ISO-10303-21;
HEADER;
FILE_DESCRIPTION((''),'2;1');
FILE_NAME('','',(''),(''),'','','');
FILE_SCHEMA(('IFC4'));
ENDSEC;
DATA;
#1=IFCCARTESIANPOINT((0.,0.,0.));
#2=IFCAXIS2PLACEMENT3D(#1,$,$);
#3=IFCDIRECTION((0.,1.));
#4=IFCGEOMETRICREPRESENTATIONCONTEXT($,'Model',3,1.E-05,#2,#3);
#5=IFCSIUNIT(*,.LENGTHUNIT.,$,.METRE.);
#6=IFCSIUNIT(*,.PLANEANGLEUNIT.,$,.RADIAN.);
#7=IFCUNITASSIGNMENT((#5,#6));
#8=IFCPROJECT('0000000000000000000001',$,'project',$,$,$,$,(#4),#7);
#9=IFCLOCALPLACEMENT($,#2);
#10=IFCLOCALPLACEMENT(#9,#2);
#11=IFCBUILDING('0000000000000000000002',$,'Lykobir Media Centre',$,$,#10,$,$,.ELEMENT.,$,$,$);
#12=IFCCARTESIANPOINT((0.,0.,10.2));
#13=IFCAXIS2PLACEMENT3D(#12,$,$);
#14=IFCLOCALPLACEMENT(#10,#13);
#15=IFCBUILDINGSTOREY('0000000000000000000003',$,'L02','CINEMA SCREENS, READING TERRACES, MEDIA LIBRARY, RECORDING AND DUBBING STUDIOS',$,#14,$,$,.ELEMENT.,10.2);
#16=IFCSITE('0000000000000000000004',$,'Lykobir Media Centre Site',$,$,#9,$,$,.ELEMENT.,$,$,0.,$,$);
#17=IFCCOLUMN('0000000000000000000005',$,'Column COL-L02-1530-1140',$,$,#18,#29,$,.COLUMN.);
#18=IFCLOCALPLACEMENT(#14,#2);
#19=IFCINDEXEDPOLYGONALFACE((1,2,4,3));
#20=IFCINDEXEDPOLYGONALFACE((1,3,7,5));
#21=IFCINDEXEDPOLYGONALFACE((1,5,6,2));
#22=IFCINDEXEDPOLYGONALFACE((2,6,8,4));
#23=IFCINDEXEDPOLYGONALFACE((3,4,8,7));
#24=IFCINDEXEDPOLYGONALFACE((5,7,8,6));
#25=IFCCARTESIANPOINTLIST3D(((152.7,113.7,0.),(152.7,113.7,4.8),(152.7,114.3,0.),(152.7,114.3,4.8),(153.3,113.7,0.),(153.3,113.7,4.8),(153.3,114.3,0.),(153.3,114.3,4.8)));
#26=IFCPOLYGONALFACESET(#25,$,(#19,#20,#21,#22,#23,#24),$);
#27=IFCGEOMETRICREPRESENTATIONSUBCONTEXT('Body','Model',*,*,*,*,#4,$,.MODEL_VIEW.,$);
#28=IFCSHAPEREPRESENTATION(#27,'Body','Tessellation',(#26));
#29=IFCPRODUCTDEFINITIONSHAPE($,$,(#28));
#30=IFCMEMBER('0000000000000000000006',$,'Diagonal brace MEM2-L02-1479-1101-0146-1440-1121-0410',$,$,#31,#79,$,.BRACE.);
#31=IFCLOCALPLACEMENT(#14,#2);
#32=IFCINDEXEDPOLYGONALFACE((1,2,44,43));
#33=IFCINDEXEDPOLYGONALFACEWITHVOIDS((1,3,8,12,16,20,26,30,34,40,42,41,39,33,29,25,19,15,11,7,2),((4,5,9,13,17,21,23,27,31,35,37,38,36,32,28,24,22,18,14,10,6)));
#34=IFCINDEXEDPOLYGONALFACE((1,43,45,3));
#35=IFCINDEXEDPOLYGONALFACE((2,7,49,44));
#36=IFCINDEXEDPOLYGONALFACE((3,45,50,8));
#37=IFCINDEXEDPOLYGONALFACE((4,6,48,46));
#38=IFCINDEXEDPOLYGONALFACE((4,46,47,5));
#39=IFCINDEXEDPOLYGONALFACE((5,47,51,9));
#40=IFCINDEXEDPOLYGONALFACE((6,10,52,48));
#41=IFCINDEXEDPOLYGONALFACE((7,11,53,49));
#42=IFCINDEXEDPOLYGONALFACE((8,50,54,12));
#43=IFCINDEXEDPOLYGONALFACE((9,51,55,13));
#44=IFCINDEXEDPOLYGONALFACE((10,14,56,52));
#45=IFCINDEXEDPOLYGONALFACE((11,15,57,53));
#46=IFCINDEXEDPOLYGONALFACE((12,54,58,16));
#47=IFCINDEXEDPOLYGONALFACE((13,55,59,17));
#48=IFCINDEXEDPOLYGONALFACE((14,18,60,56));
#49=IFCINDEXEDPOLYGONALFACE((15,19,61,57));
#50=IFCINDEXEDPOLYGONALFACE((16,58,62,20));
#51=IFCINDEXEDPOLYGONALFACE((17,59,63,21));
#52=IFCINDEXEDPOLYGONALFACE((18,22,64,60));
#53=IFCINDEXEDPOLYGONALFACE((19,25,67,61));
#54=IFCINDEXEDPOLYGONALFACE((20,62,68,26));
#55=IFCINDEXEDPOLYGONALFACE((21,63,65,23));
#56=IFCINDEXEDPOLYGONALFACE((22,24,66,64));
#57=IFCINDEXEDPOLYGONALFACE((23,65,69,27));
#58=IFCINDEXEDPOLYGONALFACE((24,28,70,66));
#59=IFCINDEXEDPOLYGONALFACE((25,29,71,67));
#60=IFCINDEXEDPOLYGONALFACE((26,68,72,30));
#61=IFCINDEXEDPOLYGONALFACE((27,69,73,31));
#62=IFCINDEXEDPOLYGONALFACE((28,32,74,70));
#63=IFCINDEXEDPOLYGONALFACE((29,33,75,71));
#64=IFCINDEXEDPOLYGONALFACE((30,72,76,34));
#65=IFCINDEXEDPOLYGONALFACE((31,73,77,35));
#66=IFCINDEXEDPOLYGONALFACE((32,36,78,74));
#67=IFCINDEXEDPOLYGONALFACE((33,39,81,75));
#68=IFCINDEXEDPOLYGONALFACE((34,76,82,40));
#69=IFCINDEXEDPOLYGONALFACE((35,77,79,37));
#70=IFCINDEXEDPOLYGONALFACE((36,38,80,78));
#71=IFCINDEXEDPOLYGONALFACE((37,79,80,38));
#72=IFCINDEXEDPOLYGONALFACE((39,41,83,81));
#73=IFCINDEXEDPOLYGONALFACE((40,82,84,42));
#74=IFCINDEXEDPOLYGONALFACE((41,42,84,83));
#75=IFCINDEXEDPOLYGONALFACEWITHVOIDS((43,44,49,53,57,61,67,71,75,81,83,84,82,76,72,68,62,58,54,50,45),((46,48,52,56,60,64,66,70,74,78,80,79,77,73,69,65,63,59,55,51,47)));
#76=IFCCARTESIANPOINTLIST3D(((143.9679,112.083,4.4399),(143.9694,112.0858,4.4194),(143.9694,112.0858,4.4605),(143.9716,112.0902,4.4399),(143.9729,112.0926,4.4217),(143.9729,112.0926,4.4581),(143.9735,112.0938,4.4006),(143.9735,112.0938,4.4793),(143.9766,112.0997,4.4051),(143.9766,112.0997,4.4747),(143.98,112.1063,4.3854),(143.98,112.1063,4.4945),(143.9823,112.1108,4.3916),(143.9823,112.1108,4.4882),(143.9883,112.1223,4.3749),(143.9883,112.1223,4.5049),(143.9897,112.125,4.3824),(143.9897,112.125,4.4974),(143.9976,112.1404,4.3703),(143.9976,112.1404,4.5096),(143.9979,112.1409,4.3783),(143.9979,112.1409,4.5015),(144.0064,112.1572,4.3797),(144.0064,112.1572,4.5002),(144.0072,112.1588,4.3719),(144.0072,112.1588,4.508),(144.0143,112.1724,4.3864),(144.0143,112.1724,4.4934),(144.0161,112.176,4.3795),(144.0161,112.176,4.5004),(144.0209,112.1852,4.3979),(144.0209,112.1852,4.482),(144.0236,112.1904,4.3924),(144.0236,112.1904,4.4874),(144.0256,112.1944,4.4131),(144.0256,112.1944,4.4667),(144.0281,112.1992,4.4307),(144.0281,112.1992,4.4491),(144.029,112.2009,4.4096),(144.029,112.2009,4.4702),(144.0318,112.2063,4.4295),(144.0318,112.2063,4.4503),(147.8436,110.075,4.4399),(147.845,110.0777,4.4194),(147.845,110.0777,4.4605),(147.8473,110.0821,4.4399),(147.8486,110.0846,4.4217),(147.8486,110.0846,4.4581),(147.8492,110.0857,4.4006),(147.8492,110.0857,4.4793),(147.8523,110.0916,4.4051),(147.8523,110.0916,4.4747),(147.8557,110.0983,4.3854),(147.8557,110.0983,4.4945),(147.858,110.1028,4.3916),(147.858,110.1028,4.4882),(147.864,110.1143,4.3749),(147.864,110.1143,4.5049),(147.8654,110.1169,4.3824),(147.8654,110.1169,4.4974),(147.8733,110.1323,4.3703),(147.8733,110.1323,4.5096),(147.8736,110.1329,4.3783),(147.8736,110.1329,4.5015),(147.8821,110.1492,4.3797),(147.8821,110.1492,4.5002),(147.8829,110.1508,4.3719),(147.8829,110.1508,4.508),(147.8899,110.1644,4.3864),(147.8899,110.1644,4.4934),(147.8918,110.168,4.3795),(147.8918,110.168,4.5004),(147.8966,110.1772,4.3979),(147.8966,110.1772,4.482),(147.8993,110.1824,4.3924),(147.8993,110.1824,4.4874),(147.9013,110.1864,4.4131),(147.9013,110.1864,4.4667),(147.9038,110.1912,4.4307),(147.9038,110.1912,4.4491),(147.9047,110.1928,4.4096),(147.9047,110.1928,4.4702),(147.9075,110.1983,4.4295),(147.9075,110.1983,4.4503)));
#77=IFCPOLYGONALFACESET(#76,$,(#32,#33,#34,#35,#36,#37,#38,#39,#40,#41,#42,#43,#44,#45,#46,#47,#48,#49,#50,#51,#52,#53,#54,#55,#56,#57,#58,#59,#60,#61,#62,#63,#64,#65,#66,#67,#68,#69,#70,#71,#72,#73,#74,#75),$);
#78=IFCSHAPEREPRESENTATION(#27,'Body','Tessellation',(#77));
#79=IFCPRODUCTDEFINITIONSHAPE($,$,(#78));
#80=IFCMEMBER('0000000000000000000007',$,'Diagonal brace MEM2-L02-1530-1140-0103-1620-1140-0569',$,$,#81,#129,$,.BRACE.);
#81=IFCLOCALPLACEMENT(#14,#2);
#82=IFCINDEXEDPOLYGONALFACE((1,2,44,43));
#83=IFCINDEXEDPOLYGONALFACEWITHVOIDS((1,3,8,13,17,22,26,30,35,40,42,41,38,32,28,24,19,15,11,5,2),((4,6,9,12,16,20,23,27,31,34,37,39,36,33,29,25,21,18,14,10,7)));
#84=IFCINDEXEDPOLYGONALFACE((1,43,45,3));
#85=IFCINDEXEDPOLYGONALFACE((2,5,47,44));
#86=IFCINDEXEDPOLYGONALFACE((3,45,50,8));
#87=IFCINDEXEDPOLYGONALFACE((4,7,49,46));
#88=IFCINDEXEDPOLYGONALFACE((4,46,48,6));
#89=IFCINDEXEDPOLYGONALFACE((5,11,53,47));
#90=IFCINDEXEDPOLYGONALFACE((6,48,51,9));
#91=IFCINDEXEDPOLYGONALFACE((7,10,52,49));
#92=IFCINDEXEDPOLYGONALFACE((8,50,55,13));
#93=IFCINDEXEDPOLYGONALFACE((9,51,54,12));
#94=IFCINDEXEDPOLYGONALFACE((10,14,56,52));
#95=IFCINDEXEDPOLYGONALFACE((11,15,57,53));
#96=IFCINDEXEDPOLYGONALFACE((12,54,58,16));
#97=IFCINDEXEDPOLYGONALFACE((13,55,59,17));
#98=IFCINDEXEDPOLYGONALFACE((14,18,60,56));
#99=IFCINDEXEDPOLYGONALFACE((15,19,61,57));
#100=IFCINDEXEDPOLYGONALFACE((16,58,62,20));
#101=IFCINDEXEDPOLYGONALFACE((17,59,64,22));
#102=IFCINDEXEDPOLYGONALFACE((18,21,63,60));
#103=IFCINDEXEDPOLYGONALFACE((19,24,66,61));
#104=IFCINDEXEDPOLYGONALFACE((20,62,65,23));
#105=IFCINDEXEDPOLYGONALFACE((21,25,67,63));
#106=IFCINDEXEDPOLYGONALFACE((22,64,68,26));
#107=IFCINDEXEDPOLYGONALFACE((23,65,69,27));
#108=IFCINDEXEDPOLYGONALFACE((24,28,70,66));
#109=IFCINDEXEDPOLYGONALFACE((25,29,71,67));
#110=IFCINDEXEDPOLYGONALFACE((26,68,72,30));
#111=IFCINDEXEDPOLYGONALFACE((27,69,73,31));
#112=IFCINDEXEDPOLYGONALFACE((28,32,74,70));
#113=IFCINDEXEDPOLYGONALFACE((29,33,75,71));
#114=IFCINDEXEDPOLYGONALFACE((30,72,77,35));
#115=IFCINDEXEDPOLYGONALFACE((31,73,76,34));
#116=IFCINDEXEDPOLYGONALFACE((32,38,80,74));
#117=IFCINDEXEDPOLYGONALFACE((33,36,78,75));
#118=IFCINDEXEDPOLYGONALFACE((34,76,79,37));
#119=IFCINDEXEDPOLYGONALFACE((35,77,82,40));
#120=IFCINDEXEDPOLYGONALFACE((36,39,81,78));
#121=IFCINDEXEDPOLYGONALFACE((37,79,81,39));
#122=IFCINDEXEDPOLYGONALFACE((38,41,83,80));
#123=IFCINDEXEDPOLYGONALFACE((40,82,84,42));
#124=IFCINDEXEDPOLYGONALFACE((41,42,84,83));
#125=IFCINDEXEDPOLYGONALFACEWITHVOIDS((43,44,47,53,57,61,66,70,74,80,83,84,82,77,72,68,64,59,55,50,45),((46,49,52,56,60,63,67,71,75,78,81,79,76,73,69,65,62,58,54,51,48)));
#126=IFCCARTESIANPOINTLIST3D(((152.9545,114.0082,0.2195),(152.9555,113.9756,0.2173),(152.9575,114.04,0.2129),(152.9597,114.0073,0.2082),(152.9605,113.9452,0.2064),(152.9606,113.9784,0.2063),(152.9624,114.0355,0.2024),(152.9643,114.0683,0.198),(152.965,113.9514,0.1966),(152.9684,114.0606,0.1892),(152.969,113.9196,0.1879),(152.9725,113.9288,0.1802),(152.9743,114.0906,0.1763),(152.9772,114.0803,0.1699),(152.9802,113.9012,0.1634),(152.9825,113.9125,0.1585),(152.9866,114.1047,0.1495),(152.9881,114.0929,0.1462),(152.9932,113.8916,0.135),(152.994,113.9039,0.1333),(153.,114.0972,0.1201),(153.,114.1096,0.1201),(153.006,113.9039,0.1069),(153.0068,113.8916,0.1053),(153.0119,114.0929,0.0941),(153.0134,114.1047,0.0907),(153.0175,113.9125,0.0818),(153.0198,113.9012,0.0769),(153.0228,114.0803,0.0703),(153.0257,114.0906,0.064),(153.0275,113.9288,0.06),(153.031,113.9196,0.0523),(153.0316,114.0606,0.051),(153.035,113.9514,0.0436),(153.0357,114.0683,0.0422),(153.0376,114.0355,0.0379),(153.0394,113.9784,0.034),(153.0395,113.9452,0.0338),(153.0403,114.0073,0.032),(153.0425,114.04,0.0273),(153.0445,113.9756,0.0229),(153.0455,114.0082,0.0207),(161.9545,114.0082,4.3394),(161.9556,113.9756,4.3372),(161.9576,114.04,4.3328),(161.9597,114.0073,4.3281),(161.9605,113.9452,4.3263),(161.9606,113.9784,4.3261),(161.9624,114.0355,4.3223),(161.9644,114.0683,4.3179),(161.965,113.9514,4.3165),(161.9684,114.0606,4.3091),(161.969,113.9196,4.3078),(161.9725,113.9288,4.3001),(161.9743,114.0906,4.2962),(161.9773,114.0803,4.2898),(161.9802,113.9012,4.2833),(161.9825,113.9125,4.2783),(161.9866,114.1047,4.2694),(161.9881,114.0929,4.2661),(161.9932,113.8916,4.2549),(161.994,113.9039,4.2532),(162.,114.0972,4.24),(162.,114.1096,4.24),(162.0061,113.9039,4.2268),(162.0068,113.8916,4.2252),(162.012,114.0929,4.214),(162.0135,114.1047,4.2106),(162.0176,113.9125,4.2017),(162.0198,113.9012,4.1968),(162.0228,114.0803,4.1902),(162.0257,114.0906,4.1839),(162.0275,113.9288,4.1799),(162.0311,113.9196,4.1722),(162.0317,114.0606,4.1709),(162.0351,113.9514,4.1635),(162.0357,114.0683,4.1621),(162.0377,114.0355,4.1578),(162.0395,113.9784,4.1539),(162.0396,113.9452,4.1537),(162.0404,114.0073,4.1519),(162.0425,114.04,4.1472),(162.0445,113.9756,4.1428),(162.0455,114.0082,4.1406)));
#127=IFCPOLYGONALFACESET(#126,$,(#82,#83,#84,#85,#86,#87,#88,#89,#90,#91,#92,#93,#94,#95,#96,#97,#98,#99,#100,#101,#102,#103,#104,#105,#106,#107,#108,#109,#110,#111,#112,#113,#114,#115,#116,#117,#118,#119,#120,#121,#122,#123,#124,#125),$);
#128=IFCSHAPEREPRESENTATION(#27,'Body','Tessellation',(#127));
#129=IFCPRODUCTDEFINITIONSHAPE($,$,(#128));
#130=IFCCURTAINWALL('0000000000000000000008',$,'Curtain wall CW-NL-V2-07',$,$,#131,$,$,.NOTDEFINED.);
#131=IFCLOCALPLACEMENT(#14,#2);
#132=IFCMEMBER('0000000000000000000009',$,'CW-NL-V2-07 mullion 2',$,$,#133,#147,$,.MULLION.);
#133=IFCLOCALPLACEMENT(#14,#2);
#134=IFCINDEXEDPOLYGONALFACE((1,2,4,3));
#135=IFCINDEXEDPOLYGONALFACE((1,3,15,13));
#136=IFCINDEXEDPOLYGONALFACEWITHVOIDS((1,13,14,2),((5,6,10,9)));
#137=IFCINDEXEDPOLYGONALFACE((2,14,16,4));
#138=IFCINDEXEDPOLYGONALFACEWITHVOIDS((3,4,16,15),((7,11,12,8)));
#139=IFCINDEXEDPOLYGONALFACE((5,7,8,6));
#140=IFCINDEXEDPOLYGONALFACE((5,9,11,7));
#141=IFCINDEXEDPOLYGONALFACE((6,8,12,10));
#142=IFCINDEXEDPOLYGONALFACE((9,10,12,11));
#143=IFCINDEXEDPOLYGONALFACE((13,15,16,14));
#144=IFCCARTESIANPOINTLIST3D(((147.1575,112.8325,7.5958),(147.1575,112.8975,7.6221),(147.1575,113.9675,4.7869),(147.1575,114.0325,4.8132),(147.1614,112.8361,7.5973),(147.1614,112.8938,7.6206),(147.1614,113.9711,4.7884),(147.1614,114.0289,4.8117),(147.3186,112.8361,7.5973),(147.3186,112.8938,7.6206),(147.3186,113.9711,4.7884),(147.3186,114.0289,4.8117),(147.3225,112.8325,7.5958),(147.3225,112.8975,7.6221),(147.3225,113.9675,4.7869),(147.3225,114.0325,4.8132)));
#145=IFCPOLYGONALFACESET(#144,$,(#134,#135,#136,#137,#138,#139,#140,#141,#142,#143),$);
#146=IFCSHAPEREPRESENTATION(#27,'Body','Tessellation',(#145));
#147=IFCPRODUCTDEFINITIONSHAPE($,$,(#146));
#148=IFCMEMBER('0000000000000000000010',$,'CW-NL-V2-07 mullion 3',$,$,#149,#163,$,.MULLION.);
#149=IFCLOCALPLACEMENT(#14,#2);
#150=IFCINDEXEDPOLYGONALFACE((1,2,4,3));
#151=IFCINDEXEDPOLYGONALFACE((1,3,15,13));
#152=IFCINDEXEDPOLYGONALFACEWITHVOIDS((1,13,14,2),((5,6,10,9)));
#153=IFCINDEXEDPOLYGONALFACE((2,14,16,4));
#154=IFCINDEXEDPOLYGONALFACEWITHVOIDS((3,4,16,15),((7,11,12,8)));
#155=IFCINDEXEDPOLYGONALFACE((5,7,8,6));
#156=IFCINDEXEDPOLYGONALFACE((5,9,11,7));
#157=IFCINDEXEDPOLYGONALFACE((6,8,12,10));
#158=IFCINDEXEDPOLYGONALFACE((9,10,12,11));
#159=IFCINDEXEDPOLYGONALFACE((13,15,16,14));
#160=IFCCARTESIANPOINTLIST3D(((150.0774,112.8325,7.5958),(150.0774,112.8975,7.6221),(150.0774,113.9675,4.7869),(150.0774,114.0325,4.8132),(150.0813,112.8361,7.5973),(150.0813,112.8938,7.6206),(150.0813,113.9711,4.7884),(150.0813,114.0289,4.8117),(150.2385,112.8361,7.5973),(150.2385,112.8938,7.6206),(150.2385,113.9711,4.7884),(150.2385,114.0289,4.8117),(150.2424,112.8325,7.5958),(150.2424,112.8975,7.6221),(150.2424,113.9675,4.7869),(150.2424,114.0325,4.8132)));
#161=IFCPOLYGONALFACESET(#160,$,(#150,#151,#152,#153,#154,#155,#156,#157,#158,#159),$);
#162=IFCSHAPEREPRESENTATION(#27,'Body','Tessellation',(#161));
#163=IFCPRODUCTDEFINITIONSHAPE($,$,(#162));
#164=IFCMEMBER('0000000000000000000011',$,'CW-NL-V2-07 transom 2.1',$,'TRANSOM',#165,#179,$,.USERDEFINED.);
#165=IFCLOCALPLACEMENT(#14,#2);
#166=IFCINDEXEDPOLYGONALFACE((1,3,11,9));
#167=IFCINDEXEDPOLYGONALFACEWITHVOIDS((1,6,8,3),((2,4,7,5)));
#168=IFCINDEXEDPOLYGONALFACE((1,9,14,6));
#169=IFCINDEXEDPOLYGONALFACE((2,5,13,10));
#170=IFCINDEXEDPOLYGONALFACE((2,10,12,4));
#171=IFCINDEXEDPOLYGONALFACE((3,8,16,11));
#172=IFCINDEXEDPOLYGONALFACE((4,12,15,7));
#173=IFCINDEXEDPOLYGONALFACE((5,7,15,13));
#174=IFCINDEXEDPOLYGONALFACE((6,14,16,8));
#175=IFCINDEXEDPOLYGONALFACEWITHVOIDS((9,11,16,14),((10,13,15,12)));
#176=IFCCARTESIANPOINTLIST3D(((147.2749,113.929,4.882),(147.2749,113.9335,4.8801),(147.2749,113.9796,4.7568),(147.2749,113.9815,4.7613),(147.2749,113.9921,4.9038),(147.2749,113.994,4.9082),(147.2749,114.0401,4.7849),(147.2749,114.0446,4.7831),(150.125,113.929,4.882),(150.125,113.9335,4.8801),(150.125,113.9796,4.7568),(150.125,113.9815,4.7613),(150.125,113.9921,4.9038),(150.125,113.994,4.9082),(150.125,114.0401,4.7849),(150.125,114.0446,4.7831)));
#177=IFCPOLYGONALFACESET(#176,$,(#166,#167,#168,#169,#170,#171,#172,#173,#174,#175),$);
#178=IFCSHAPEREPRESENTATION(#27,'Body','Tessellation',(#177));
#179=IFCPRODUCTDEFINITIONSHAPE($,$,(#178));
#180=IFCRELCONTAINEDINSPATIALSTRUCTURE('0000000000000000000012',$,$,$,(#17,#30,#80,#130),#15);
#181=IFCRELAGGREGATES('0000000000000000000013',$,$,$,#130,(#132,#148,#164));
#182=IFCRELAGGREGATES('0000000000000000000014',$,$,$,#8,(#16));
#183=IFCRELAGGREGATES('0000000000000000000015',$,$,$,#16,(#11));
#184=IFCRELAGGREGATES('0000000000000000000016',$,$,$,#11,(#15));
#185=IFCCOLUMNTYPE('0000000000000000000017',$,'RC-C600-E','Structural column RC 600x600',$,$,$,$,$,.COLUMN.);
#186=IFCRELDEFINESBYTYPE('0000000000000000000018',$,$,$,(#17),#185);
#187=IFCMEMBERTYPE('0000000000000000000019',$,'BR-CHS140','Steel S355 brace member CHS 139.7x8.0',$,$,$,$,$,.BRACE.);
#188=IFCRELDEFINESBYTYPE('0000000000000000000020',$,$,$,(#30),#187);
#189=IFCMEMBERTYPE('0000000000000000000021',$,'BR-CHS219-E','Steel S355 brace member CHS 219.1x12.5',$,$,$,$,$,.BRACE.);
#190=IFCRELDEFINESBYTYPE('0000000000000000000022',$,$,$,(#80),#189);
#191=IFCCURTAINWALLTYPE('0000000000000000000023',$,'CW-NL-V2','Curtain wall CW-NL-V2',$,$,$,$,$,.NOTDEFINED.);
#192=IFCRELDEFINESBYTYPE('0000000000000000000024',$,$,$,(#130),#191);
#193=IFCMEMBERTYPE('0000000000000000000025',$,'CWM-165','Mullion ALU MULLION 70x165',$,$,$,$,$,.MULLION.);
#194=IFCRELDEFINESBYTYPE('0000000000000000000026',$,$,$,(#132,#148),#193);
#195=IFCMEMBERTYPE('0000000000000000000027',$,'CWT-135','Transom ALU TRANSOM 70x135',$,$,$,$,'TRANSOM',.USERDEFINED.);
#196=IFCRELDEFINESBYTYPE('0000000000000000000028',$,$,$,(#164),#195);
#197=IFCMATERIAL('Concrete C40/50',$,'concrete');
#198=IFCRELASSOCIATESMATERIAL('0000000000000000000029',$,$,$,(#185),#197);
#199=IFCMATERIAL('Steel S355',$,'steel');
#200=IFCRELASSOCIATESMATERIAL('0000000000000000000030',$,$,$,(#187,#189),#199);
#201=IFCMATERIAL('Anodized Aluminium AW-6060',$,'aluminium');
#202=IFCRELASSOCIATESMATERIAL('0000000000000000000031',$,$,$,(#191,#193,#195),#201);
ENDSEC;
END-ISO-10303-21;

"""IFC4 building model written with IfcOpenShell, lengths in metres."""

from ifc_helpers import new_model, si_unit, direction, frame, origin, origin_2d, place, context, subcontext, project, spatial, rectangle, hollow_rectangle, hollow_circle, extrude, material, material_profile, profile_set, type_object, element, aggregate, save


model = new_model("IFC4")

# Units and contexts
model_context = context("Model", 3, precision=1e-05, world=origin(), true_north=direction((0.0, 1.0)))
body_context = subcontext(model_context, "Body", "Model", "MODEL_VIEW")
ifc_project = project(units=[si_unit("LENGTHUNIT", "METRE"), si_unit("PLANEANGLEUNIT", "RADIAN")], contexts=[model_context])

# Site, building, storey
site_placement = place(None, origin())
site = spatial("IfcSite", under=ifc_project, at=site_placement, Name="Lykobir Media Centre Site", CompositionType="ELEMENT", RefElevation=0.0)
building_placement = place(site_placement, origin())
building = spatial("IfcBuilding", under=site, at=building_placement, Name="Lykobir Media Centre", CompositionType="ELEMENT")
storey_placement = place(building_placement, frame((0.0, 0.0, 10.2)))
storey = spatial("IfcBuildingStorey", under=building, at=storey_placement, Name="L02", Description="CINEMA SCREENS, READING TERRACES, MEDIA LIBRARY, RECORDING AND DUBBING STUDIOS", CompositionType="ELEMENT", Elevation=10.2)

# Column
ifc_material_1 = material(Name="Concrete C40/50", Category="concrete")
ifc_material_profile_1 = material_profile(ifc_material_1, rectangle(XDim=0.6001, YDim=0.6001, at=origin_2d()), Name="RC 600x600")
ifc_profile_set_1 = profile_set([ifc_material_profile_1], Name="Concrete C40/50")
column_type = type_object("IfcColumnType", Name="RC-C600-E", Description="Structural column RC 600x600", PredefinedType="COLUMN", material=ifc_profile_set_1)
column_placement = place(storey_placement, frame((153.0, 114.0, 0.0), z_axis=(0.0, 0.0, 1.0), x_axis=(1.0, 0.0, 0.0)))
element("IfcColumn", 1, at=column_placement, inside=storey, type_object=column_type, Name="Column COL-L02-1530-1140", PredefinedType="COLUMN", context=body_context, shape_type="SweptSolid", body=[
    extrude(rectangle(XDim=0.6001, YDim=0.6001, at=origin_2d()), origin(), (0.0, 0.0, 1.0), 4.8),
])

# Members
ifc_material_2 = material(Name="Steel S355", Category="steel")
ifc_material_profile_2 = material_profile(ifc_material_2, hollow_circle(Radius=0.0698, WallThickness=0.0081, at=origin_2d()), Name="CHS 139.7x8.0")
ifc_profile_set_2 = profile_set([ifc_material_profile_2], Name="Steel S355")
member_type_1 = type_object("IfcMemberType", Name="BR-CHS140", Description="Steel S355 brace member CHS 139.7x8.0", PredefinedType="BRACE", material=ifc_profile_set_2)
member_1_placement = place(storey_placement, frame((147.8757, 110.137, 4.4399), z_axis=(-0.887903, 0.460031, 0.0), x_axis=(-0.460031, -0.887903, 0.0)))
element("IfcMember", 2, at=member_1_placement, inside=storey, type_object=member_type_1, Name="Diagonal brace MEM2-L02-1479-1101-0146-1440-1121-0410", PredefinedType="BRACE", context=body_context, shape_type="SweptSolid", body=[
    extrude(hollow_circle(Radius=0.0698, WallThickness=0.0081, at=origin_2d()), origin(), (0.0, 0.0, 1.0), 4.365),
])
ifc_material_profile_3 = material_profile(ifc_material_2, hollow_circle(Radius=0.1096, WallThickness=0.0125, at=origin_2d()), Name="CHS 219.1x12.5")
ifc_profile_set_3 = profile_set([ifc_material_profile_3], Name="Steel S355")
member_type_2 = type_object("IfcMemberType", Name="BR-CHS219-E", Description="Steel S355 brace member CHS 219.1x12.5", PredefinedType="BRACE", material=ifc_profile_set_3)
member_2_placement = place(storey_placement, frame((153.0, 114.0, 0.1201), z_axis=(0.909261, 0.0, 0.416227), x_axis=(0.0, 1.0, 0.0)))
element("IfcMember", 3, at=member_2_placement, inside=storey, type_object=member_type_2, Name="Diagonal brace MEM2-L02-1530-1140-0103-1620-1140-0569", PredefinedType="BRACE", context=body_context, shape_type="SweptSolid", body=[
    extrude(hollow_circle(Radius=0.1096, WallThickness=0.0125, at=origin_2d()), origin(), (0.0, 0.0, 1.0), 9.8982),
])

# Curtain wall, members
ifc_material_3 = material(Name="Anodized Aluminium AW-6060", Category="aluminium")
curtain_wall_type = type_object("IfcCurtainWallType", Name="CW-NL-V2", Description="Curtain wall CW-NL-V2", PredefinedType="NOTDEFINED", material=ifc_material_3)
curtain_wall_placement = place(storey_placement, origin())
curtain_wall = element("IfcCurtainWall", 4, at=curtain_wall_placement, inside=storey, type_object=curtain_wall_type, Name="Curtain wall CW-NL-V2-07", PredefinedType="NOTDEFINED")
ifc_material_profile_4 = material_profile(ifc_material_3, hollow_rectangle(XDim=0.0701, YDim=0.165, WallThickness=0.0039, at=origin_2d()), Name="ALU MULLION 70x165")
ifc_profile_set_4 = profile_set([ifc_material_profile_4], Name="Anodized Aluminium AW-6060")
member_type_3 = type_object("IfcMemberType", Name="CWM-165", Description="Mullion ALU MULLION 70x165", PredefinedType="MULLION", material=ifc_profile_set_4)
member_3_placement = place(storey_placement, frame((147.24, 114.0, 4.8), z_axis=(0.0, -0.374654, 0.927165), x_axis=(0.0, 0.927165, 0.374654)))
member_3 = element("IfcMember", 5, at=member_3_placement, type_object=member_type_3, Name="CW-NL-V2-07 mullion 2", PredefinedType="MULLION", context=body_context, shape_type="SweptSolid", body=[
    extrude(hollow_rectangle(XDim=0.0701, YDim=0.165, WallThickness=0.0039, at=origin_2d()), origin(), (0.0, 0.0, 1.0), 3.0295),
])
member_4_placement = place(storey_placement, frame((150.1599, 114.0, 4.8), z_axis=(0.0, -0.374654, 0.927165), x_axis=(0.0, 0.927165, 0.374654)))
member_4 = element("IfcMember", 6, at=member_4_placement, type_object=member_type_3, Name="CW-NL-V2-07 mullion 3", PredefinedType="MULLION", context=body_context, shape_type="SweptSolid", body=[
    extrude(hollow_rectangle(XDim=0.0701, YDim=0.165, WallThickness=0.0039, at=origin_2d()), origin(), (0.0, 0.0, 1.0), 3.0295),
])
ifc_material_profile_5 = material_profile(ifc_material_3, hollow_rectangle(XDim=0.0701, YDim=0.135, WallThickness=0.0034, at=origin_2d()), Name="ALU TRANSOM 70x135")
ifc_profile_set_5 = profile_set([ifc_material_profile_5], Name="Anodized Aluminium AW-6060")
member_type_4 = type_object("IfcMemberType", Name="CWT-135", Description="Transom ALU TRANSOM 70x135", ElementType="TRANSOM", PredefinedType="USERDEFINED", material=ifc_profile_set_5)
member_5_placement = place(storey_placement, frame((147.2749, 113.9868, 4.8325), z_axis=(1.0, 0.0, 0.0), x_axis=(0.0, 0.927184, 0.374607)))
member_5 = element("IfcMember", 7, at=member_5_placement, type_object=member_type_4, Name="CW-NL-V2-07 transom 2.1", ObjectType="TRANSOM", PredefinedType="USERDEFINED", context=body_context, shape_type="SweptSolid", body=[
    extrude(hollow_rectangle(XDim=0.0701, YDim=0.135, WallThickness=0.0034, at=origin_2d()), origin(), (0.0, 0.0, 1.0), 2.8501),
])

aggregate(curtain_wall, [member_3, member_4, member_5])

save(model, "model.ifc")
